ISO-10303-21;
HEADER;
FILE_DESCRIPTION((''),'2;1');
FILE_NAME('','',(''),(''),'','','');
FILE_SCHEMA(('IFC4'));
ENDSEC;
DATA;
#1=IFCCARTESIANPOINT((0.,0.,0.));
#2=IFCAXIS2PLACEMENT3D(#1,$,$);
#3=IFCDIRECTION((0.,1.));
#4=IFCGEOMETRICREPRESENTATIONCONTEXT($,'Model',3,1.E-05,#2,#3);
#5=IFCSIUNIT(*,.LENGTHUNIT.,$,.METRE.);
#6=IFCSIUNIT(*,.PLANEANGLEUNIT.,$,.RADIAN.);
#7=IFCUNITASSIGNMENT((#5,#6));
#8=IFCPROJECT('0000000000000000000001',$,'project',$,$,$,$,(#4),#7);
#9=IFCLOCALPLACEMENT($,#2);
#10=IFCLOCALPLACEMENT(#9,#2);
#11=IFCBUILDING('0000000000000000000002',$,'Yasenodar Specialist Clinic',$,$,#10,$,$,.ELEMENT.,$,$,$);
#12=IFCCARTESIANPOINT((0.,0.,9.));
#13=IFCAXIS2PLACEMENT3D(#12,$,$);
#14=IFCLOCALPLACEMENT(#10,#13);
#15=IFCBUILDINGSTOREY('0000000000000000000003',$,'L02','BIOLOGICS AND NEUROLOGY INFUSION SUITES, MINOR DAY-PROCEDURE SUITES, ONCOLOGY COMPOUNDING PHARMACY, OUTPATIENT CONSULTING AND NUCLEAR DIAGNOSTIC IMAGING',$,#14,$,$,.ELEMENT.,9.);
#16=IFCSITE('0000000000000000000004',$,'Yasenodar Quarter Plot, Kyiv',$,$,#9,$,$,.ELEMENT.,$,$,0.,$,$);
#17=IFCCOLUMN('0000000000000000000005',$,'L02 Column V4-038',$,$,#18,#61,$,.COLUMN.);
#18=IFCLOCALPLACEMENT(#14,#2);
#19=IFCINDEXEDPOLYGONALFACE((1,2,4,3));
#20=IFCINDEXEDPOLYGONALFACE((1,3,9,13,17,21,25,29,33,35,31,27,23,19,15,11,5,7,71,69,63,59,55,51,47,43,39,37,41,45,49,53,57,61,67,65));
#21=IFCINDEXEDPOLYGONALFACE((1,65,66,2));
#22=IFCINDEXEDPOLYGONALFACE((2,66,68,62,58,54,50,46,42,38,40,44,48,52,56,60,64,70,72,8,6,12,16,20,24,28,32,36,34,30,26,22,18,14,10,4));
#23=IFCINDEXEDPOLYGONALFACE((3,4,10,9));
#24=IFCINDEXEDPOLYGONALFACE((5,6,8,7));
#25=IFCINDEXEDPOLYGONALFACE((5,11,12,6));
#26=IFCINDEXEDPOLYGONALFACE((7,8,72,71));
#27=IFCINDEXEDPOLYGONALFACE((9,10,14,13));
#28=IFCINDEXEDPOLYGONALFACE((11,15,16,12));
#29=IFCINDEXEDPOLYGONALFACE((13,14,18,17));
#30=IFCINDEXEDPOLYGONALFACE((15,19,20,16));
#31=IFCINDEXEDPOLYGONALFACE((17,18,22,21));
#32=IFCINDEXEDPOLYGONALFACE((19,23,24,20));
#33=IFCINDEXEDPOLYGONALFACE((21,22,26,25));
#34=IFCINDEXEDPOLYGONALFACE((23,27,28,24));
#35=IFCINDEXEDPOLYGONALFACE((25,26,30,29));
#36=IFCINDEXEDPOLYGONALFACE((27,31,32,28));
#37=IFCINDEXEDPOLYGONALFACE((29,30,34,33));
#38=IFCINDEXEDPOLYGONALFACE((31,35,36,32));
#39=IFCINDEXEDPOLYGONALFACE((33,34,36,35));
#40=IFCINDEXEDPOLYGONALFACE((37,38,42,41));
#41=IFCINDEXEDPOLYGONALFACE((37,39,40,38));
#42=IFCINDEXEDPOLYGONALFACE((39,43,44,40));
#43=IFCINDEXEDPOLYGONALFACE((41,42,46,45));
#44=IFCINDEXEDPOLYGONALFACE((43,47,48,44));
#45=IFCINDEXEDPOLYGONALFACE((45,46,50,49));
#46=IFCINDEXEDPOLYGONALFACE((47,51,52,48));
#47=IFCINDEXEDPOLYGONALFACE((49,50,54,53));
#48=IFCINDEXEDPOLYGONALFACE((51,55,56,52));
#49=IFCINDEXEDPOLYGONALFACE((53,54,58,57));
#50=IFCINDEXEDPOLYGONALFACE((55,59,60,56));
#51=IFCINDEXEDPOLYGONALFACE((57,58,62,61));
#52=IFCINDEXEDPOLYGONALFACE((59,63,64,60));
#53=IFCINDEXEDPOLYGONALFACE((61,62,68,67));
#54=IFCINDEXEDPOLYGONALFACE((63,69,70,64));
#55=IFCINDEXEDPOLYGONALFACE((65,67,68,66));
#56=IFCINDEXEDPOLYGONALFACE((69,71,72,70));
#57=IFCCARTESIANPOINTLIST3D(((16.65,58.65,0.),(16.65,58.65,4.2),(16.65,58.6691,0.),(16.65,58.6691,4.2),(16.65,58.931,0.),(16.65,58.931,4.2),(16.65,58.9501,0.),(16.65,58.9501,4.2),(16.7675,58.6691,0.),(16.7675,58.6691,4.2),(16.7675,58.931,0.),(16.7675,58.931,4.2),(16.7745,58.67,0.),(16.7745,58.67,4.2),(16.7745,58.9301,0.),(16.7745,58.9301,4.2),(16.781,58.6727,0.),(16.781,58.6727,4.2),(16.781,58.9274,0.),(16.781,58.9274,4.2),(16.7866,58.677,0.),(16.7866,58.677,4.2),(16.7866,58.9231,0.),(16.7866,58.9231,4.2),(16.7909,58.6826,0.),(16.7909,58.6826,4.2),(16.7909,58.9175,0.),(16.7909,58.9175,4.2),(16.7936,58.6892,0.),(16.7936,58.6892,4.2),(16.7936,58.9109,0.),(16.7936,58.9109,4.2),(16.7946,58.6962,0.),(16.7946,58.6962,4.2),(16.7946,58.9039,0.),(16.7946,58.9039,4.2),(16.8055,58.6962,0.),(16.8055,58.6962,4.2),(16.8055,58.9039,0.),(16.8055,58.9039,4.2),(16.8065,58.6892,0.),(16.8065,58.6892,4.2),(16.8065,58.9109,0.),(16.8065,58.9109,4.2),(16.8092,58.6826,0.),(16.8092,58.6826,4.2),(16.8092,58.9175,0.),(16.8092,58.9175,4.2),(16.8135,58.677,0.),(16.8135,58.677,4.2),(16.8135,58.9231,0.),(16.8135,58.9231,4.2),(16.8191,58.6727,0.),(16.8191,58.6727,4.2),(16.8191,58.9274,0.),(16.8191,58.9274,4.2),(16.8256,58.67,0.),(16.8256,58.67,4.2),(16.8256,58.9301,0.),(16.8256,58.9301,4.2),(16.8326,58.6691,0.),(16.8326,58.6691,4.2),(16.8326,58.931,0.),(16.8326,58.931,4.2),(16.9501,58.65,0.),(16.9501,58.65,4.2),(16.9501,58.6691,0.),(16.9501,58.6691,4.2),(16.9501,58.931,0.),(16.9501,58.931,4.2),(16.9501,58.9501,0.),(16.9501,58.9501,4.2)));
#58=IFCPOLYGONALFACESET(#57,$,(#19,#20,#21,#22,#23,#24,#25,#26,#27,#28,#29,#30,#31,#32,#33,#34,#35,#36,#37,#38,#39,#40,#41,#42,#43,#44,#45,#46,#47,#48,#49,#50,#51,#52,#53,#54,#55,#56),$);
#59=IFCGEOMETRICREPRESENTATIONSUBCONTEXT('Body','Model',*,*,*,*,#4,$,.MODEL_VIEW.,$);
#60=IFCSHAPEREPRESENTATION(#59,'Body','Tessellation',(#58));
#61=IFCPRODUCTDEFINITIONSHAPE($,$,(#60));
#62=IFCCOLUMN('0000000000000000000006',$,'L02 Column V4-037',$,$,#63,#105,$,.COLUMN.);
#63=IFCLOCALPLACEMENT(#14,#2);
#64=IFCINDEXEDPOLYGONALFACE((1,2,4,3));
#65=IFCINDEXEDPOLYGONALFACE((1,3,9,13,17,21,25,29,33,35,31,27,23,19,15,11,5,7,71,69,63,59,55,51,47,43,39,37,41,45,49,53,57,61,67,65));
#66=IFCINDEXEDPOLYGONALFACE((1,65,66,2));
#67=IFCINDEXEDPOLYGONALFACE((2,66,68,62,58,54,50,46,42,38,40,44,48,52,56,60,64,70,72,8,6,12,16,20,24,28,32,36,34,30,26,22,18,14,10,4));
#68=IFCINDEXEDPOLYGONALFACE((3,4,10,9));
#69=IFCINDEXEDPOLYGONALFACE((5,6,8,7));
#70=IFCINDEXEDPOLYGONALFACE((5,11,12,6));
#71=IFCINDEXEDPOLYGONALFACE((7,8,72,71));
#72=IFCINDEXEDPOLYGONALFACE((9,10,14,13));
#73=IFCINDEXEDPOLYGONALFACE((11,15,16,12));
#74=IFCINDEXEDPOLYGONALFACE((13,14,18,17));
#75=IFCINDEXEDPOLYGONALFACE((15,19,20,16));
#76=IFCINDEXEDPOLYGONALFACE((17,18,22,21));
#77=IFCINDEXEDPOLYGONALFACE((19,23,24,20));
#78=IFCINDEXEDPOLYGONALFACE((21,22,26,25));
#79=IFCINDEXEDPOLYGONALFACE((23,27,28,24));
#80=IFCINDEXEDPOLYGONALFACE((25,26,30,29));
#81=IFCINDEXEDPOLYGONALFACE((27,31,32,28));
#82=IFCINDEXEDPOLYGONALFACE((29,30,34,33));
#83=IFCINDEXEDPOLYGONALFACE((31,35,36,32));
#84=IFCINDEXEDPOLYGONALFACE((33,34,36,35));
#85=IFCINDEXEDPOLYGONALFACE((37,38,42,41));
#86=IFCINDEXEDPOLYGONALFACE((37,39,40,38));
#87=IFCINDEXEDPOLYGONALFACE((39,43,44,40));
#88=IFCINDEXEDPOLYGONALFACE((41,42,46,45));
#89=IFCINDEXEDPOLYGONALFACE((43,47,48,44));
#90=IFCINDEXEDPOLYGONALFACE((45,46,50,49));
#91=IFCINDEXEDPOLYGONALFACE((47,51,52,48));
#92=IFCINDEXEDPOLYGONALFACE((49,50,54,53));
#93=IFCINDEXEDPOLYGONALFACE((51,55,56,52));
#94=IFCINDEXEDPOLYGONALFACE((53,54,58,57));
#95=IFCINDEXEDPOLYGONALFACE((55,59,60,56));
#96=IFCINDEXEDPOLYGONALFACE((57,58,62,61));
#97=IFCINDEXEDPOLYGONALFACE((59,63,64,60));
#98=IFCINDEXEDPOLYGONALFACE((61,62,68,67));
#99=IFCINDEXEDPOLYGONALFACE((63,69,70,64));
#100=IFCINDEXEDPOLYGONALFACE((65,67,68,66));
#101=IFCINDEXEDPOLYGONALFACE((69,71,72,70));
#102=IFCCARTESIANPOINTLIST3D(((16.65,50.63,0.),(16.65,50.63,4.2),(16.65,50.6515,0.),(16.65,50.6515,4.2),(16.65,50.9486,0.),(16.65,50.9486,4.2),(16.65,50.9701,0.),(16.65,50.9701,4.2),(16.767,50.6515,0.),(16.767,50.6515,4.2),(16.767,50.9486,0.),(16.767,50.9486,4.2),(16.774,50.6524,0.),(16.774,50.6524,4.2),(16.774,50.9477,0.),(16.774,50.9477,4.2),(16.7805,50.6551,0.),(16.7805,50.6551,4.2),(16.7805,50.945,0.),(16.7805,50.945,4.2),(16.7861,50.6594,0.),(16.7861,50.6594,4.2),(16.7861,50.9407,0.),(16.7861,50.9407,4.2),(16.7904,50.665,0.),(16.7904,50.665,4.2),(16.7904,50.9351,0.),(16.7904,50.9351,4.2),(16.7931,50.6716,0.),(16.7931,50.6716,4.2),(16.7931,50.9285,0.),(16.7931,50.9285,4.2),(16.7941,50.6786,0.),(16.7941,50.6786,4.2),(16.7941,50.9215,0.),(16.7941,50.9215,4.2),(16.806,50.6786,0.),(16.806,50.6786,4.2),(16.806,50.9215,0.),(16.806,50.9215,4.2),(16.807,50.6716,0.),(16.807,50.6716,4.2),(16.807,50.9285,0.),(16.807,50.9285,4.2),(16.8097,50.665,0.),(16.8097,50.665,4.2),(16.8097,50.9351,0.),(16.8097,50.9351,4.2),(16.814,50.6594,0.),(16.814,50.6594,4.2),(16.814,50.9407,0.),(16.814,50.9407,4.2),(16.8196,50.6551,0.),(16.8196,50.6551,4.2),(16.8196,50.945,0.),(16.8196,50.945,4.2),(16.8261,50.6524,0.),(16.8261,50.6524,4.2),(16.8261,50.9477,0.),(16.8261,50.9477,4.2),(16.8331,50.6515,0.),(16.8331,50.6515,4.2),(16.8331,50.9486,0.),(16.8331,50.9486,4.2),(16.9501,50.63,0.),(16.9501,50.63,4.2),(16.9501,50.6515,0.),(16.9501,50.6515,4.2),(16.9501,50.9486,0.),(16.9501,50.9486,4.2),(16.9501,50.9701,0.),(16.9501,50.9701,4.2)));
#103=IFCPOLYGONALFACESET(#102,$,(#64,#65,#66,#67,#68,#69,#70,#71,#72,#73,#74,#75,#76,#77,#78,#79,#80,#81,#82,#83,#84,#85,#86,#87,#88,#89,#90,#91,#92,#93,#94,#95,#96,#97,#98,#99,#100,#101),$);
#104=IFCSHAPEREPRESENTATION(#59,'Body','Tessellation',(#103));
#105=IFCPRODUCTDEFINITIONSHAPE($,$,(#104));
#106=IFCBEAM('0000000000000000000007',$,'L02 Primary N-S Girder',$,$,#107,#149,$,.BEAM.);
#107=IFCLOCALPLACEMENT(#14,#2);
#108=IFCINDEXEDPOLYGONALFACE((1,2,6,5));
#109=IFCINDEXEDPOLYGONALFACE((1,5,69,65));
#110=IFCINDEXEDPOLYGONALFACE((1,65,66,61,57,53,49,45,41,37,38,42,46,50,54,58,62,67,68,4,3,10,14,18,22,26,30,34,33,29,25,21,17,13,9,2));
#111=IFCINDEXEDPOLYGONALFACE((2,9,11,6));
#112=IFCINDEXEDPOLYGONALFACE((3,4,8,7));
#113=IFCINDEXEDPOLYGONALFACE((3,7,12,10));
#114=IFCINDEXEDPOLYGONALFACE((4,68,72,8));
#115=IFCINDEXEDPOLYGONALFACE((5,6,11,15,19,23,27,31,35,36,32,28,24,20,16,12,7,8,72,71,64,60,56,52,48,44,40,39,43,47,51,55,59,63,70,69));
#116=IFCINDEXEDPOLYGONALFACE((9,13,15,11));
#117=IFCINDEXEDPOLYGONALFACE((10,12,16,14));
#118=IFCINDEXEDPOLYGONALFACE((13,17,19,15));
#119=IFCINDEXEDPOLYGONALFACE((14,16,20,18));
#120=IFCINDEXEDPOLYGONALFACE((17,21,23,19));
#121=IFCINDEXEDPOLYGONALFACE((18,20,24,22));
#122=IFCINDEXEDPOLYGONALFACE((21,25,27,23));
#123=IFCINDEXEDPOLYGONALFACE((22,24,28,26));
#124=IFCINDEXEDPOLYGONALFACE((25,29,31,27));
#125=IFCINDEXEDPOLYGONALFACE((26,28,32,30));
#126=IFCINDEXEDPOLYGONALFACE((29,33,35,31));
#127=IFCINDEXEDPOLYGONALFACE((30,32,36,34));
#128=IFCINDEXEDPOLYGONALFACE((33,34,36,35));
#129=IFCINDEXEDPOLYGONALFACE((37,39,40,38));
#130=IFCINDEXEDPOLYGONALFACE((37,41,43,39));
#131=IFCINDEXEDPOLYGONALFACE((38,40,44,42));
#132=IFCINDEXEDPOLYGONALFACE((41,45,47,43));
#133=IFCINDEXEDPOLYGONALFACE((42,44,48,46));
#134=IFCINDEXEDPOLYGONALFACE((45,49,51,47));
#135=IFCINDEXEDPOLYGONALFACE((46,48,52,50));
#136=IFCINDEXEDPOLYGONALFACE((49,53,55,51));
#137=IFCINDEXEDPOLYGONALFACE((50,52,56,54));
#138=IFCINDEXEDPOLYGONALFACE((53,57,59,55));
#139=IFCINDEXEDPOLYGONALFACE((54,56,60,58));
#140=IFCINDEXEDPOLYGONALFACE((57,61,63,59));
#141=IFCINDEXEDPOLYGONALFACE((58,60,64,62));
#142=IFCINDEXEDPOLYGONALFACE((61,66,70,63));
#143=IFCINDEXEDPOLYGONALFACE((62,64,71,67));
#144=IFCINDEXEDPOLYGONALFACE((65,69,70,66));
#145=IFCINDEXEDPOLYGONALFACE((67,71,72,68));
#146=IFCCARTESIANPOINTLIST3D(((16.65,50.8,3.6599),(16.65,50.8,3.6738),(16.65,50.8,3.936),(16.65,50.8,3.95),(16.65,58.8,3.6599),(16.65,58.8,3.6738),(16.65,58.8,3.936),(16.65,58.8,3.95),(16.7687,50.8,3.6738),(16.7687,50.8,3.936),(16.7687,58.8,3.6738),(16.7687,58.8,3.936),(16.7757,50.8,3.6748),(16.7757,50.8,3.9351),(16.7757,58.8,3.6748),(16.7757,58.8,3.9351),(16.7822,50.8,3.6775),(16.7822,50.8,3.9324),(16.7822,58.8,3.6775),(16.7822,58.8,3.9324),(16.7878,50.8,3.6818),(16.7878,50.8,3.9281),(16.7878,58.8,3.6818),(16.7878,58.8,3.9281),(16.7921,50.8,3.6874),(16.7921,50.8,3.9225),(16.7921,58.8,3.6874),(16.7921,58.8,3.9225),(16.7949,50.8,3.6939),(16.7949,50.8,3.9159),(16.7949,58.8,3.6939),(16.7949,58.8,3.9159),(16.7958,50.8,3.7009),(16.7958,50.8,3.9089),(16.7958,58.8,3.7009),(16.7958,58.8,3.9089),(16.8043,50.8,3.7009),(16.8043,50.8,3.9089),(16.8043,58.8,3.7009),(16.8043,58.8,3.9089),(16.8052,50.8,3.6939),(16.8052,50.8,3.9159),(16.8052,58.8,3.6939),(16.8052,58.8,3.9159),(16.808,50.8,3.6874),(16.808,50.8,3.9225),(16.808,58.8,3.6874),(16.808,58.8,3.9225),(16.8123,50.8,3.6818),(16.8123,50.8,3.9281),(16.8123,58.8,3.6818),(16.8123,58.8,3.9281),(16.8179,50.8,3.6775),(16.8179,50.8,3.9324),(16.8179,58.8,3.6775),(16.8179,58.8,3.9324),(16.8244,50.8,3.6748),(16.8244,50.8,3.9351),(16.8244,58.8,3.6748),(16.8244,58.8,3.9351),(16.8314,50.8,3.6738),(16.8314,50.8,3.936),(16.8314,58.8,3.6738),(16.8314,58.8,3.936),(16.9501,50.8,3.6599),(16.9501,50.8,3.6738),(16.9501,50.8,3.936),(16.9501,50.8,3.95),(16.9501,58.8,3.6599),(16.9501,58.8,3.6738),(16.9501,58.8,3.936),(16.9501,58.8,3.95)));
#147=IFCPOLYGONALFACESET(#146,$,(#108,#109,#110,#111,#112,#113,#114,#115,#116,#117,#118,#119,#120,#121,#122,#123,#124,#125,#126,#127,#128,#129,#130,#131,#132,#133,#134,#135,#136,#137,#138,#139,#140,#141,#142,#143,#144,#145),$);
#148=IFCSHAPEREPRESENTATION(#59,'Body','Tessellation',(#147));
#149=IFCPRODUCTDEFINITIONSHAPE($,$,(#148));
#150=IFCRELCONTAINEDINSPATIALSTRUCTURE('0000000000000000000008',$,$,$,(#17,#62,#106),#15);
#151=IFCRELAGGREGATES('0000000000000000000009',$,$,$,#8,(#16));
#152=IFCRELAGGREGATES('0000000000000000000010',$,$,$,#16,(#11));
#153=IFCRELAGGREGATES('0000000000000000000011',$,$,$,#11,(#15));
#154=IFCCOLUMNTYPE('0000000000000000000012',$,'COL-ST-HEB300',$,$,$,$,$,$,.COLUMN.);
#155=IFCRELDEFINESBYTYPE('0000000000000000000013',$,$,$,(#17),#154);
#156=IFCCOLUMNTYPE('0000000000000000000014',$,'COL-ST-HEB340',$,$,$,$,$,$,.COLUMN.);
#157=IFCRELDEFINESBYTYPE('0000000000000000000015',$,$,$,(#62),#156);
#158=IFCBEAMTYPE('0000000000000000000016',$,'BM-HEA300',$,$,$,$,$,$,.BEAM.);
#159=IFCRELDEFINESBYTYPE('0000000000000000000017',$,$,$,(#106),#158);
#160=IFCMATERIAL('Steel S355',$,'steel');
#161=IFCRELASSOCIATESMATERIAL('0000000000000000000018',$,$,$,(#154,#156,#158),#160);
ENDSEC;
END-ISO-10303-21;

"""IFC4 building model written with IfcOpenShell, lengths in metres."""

from ifc_helpers import new_model, si_unit, direction, frame, origin, origin_2d, place, context, subcontext, project, spatial, i_section, extrude, material, material_profile, profile_set, type_object, element, save


model = new_model("IFC4")

# Units and contexts
model_context = context("Model", 3, precision=1e-05, world=origin(), true_north=direction((0.0, 1.0)))
body_context = subcontext(model_context, "Body", "Model", "MODEL_VIEW")
ifc_project = project(units=[si_unit("LENGTHUNIT", "METRE"), si_unit("PLANEANGLEUNIT", "RADIAN")], contexts=[model_context])

# Site, building, storey
site_placement = place(None, origin())
site = spatial("IfcSite", under=ifc_project, at=site_placement, Name="Yasenodar Quarter Plot, Kyiv", CompositionType="ELEMENT", RefElevation=0.0)
building_placement = place(site_placement, origin())
building = spatial("IfcBuilding", under=site, at=building_placement, Name="Yasenodar Specialist Clinic", CompositionType="ELEMENT")
storey_placement = place(building_placement, frame((0.0, 0.0, 9.0)))
storey = spatial("IfcBuildingStorey", under=building, at=storey_placement, Name="L02", Description="BIOLOGICS AND NEUROLOGY INFUSION SUITES, MINOR DAY-PROCEDURE SUITES, ONCOLOGY COMPOUNDING PHARMACY, OUTPATIENT CONSULTING AND NUCLEAR DIAGNOSTIC IMAGING", CompositionType="ELEMENT", Elevation=9.0)

# Columns
ifc_material_1 = material(Name="Steel S355", Category="steel")
ifc_material_profile_1 = material_profile(ifc_material_1, i_section(OverallWidth=0.3, OverallDepth=0.3, WebThickness=0.011, FlangeThickness=0.019, FilletRadius=0.0271, at=origin_2d()), Name="HEB 300")
ifc_profile_set_1 = profile_set([ifc_material_profile_1], Name="Steel S355")
column_type_1 = type_object("IfcColumnType", Name="COL-ST-HEB300", PredefinedType="COLUMN", material=ifc_profile_set_1)
column_1_placement = place(storey_placement, frame((16.8, 58.8, 0.0), z_axis=(0.0, 0.0, 1.0), x_axis=(1.0, 0.0, 0.0)))
element("IfcColumn", 1, at=column_1_placement, inside=storey, type_object=column_type_1, Name="L02 Column V4-038", PredefinedType="COLUMN", context=body_context, shape_type="SweptSolid", body=[
    extrude(i_section(OverallWidth=0.3, OverallDepth=0.3, WebThickness=0.011, FlangeThickness=0.019, FilletRadius=0.0271, at=origin_2d()), origin(), (0.0, 0.0, 1.0), 4.2),
])
ifc_material_profile_2 = material_profile(ifc_material_1, i_section(OverallWidth=0.3, OverallDepth=0.3401, WebThickness=0.012, FlangeThickness=0.0215, FilletRadius=0.0271, at=origin_2d()), Name="HEB 340")
ifc_profile_set_2 = profile_set([ifc_material_profile_2], Name="Steel S355")
column_type_2 = type_object("IfcColumnType", Name="COL-ST-HEB340", PredefinedType="COLUMN", material=ifc_profile_set_2)
column_2_placement = place(storey_placement, frame((16.8, 50.8, 0.0), z_axis=(0.0, 0.0, 1.0), x_axis=(1.0, 0.0, 0.0)))
element("IfcColumn", 2, at=column_2_placement, inside=storey, type_object=column_type_2, Name="L02 Column V4-037", PredefinedType="COLUMN", context=body_context, shape_type="SweptSolid", body=[
    extrude(i_section(OverallWidth=0.3, OverallDepth=0.3401, WebThickness=0.012, FlangeThickness=0.0215, FilletRadius=0.0271, at=origin_2d()), origin(), (0.0, 0.0, 1.0), 4.2),
])

# Beam
ifc_material_profile_3 = material_profile(ifc_material_1, i_section(OverallWidth=0.3, OverallDepth=0.29, WebThickness=0.0085, FlangeThickness=0.0139, FilletRadius=0.0271, at=origin_2d()), Name="HEA 300")
ifc_profile_set_3 = profile_set([ifc_material_profile_3], Name="Steel S355")
beam_type_1 = type_object("IfcBeamType", Name="BM-HEA300", PredefinedType="BEAM", material=ifc_profile_set_3)
beam_1_placement = place(storey_placement, frame((16.8, 50.8, 3.8049), z_axis=(0.0, 1.0, 0.0), x_axis=(-1.0, 0.0, 0.0)))
element("IfcBeam", 3, at=beam_1_placement, inside=storey, type_object=beam_type_1, Name="L02 Primary N-S Girder", PredefinedType="BEAM", context=body_context, shape_type="SweptSolid", body=[
    extrude(i_section(OverallWidth=0.3, OverallDepth=0.29, WebThickness=0.0085, FlangeThickness=0.0139, FilletRadius=0.0271, at=origin_2d()), origin(), (0.0, 0.0, 1.0), 8.0),
])

save(model, "model.ifc")
